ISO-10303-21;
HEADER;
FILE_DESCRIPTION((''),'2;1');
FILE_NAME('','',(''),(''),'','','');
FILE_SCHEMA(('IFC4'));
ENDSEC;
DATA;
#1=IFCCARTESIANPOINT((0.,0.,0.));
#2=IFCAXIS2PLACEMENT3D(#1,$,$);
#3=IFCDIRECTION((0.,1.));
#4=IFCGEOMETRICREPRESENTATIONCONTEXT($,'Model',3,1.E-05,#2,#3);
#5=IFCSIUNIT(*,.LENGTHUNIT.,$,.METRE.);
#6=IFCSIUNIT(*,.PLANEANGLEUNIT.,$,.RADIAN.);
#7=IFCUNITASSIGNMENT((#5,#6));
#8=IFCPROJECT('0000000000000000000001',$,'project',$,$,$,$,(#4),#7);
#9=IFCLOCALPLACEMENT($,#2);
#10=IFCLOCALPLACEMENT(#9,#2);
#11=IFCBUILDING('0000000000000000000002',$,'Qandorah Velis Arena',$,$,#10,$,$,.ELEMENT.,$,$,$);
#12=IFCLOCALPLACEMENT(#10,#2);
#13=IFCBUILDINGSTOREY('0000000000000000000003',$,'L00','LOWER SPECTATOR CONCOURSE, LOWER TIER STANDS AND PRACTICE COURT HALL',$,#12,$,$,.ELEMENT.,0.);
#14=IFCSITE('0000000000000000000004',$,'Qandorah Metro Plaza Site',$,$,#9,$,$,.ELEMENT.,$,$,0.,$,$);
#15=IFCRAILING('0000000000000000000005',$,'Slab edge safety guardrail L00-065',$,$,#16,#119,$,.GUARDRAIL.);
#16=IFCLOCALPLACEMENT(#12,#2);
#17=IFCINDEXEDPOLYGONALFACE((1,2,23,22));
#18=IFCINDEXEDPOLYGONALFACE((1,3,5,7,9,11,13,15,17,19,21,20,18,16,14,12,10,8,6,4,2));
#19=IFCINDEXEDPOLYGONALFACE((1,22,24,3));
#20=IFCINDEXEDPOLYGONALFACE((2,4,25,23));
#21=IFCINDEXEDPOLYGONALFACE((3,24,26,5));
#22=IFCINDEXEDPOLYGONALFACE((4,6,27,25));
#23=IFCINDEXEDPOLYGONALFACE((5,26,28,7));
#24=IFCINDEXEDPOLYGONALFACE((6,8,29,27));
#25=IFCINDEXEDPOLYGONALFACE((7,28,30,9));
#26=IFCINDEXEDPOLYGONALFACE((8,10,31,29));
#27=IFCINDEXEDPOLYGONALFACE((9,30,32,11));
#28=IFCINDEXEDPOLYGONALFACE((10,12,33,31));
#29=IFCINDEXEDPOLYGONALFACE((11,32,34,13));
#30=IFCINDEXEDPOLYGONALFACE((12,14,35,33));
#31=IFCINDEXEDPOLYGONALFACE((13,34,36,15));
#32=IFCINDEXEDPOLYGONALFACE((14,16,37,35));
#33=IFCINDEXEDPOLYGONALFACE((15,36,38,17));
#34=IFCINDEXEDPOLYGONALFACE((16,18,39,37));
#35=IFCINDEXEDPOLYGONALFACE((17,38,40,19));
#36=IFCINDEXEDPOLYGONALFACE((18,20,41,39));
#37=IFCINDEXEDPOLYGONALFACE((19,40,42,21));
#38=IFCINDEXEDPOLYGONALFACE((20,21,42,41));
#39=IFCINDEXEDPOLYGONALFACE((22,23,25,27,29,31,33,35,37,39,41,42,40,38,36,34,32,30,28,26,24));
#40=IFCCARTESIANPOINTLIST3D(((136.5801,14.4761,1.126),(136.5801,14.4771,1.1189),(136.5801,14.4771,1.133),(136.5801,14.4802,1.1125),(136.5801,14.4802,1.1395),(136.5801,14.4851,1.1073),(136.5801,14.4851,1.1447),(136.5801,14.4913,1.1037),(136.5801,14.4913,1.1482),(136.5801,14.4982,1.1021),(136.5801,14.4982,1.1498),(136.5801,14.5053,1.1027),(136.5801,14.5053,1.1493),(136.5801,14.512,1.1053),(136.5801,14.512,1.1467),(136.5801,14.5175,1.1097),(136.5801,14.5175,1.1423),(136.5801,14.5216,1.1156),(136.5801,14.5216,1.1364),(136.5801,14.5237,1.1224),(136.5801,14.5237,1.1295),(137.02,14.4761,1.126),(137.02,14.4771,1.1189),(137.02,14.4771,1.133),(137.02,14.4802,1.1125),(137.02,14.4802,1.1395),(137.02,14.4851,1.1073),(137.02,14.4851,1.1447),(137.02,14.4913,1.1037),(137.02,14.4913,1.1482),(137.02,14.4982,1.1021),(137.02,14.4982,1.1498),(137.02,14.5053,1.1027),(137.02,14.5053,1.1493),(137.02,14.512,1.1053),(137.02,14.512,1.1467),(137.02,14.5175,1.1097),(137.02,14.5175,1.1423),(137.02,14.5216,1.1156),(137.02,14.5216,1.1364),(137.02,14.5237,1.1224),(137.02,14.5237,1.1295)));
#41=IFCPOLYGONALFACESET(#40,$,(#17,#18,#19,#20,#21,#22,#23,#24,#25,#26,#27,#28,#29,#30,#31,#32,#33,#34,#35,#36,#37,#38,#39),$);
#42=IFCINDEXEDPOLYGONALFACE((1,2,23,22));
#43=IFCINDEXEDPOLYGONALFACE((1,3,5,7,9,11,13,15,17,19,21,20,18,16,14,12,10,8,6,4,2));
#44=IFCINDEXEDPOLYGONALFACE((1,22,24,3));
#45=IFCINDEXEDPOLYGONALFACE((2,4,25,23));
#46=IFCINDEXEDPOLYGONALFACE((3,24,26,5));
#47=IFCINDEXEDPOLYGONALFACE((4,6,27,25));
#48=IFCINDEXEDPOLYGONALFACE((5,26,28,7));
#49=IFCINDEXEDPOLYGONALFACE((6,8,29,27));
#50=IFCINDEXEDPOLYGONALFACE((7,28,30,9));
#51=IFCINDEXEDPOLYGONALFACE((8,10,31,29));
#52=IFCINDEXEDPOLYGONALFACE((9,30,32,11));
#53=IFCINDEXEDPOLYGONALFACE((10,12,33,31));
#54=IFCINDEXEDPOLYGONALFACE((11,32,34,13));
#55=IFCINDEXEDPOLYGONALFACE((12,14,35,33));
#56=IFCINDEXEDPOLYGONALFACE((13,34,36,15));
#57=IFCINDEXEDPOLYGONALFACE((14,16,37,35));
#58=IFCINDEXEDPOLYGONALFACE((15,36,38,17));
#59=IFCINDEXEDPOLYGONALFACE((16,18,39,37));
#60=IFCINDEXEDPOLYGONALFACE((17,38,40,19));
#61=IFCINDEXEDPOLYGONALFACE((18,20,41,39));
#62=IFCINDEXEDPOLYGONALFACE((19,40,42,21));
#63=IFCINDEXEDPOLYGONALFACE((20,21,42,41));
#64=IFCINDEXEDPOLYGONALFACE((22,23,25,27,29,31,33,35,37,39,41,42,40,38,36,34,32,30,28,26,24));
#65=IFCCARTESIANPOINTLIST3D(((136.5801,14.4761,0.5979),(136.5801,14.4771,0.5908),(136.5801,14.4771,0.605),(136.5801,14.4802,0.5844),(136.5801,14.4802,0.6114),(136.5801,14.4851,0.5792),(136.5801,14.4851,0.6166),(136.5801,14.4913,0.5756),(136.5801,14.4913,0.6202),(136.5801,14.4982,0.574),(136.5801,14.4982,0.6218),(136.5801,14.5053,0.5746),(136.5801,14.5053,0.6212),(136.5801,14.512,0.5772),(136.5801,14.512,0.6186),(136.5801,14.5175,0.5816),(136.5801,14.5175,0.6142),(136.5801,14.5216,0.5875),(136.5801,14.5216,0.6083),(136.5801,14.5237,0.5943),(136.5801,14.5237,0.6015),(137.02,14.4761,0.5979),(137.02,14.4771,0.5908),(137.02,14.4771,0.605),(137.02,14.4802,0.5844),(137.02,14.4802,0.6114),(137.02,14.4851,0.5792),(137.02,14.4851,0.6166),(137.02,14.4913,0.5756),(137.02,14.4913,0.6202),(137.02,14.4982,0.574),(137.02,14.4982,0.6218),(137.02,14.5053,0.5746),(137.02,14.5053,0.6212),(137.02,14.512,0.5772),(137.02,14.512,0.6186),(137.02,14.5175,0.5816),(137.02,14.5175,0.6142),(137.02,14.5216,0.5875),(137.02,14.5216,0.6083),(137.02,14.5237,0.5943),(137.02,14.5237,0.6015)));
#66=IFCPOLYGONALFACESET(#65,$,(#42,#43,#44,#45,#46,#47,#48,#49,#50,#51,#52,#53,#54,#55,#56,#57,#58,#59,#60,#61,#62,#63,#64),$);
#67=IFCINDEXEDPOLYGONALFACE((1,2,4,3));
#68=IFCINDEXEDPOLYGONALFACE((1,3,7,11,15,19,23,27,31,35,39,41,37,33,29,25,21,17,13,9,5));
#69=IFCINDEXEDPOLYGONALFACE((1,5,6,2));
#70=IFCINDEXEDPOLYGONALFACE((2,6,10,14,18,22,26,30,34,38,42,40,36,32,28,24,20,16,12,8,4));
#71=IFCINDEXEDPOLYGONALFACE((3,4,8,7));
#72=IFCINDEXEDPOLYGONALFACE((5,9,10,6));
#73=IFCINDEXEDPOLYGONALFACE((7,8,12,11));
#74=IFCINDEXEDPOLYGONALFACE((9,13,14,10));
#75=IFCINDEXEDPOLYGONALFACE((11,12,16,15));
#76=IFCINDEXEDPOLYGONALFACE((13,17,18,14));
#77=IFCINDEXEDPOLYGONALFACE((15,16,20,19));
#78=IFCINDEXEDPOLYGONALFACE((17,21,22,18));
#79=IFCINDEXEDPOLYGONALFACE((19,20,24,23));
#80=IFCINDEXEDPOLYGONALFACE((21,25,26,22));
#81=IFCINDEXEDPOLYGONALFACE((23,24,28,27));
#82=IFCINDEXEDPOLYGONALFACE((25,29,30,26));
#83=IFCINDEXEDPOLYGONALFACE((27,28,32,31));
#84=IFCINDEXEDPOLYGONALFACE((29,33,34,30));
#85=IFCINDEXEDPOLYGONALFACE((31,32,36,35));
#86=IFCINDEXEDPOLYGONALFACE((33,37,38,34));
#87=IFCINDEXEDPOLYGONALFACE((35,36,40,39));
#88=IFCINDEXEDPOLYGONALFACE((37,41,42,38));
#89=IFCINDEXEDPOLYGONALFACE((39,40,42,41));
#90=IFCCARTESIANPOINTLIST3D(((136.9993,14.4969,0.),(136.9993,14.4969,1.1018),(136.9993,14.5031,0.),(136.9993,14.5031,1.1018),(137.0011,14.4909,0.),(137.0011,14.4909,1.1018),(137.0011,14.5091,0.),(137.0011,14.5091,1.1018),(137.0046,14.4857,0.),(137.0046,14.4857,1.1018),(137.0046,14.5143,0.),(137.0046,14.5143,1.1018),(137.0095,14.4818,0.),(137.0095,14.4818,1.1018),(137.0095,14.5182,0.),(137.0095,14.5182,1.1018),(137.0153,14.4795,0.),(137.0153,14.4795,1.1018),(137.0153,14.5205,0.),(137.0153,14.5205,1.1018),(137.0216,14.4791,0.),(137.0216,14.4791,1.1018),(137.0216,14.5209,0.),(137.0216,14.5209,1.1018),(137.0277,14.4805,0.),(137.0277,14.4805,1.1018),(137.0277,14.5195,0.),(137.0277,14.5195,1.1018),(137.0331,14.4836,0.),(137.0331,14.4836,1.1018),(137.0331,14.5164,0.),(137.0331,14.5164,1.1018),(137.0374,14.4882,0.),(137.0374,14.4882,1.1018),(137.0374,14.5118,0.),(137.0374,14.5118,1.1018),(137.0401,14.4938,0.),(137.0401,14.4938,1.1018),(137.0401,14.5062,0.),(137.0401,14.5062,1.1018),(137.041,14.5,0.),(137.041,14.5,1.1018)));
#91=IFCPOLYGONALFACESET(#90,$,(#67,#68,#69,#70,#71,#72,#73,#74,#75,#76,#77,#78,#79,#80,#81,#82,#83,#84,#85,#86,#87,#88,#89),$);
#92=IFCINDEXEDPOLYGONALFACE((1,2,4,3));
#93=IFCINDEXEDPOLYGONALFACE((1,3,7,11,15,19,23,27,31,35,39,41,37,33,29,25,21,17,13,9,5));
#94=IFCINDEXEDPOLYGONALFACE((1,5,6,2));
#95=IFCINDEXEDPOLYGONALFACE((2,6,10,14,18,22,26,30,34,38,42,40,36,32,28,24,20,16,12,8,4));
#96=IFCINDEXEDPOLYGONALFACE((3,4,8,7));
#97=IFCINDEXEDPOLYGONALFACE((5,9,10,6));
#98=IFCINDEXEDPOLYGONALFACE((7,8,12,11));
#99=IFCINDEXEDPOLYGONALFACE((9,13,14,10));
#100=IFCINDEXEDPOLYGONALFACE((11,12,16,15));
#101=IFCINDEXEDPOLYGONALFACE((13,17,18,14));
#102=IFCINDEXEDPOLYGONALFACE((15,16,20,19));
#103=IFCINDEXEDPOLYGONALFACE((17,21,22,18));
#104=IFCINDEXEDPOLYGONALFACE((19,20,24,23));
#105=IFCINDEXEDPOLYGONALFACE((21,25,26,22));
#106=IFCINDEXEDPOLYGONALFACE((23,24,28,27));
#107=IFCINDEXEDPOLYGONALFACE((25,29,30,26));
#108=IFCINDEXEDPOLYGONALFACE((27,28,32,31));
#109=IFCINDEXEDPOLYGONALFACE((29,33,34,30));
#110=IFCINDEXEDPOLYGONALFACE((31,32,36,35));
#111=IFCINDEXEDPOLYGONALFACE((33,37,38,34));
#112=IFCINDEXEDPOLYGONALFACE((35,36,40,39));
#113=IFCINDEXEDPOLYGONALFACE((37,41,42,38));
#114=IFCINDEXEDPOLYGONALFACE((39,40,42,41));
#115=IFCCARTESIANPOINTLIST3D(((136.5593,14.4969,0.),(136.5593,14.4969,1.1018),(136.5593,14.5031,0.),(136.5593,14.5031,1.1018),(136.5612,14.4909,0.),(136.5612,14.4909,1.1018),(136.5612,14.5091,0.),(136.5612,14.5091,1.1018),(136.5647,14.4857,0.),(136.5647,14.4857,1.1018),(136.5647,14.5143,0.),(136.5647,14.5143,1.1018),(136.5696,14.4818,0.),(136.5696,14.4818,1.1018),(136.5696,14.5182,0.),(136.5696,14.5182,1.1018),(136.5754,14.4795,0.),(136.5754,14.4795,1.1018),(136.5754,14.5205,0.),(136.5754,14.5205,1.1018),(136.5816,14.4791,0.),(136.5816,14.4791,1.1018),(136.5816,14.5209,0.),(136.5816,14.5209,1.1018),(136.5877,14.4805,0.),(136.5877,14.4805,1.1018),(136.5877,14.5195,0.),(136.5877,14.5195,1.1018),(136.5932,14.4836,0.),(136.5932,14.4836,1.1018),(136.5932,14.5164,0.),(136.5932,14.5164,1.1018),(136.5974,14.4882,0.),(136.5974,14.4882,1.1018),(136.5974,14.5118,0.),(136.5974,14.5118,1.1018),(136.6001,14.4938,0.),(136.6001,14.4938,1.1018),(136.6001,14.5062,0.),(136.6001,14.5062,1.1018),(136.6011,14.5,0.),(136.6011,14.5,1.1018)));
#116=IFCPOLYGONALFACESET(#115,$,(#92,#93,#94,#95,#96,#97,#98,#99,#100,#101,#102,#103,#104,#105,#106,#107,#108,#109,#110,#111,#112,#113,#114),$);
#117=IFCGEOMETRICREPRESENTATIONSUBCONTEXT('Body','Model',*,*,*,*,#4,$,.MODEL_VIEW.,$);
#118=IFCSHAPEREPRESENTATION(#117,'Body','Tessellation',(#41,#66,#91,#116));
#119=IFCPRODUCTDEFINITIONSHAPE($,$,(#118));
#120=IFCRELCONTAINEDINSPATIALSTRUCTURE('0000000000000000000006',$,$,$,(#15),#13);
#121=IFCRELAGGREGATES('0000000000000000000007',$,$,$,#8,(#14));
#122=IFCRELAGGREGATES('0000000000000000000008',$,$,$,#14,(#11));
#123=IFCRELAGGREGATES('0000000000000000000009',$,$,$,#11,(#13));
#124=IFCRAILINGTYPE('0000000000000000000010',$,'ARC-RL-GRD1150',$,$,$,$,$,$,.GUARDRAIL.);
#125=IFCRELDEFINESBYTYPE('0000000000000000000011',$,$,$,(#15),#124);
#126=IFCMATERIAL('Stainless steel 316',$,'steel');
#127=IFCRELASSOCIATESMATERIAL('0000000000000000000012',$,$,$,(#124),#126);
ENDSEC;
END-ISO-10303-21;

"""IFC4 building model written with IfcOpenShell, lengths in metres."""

from ifc_helpers import new_model, si_unit, direction, frame, origin, origin_2d, place, context, subcontext, project, spatial, circle, extrude, material, type_object, element, save


model = new_model("IFC4")

# Units and contexts
model_context = context("Model", 3, precision=1e-05, world=origin(), true_north=direction((0.0, 1.0)))
body_context = subcontext(model_context, "Body", "Model", "MODEL_VIEW")
ifc_project = project(units=[si_unit("LENGTHUNIT", "METRE"), si_unit("PLANEANGLEUNIT", "RADIAN")], contexts=[model_context])

# Site, building, storey
site_placement = place(None, origin())
site = spatial("IfcSite", under=ifc_project, at=site_placement, Name="Qandorah Metro Plaza Site", CompositionType="ELEMENT", RefElevation=0.0)
building_placement = place(site_placement, origin())
building = spatial("IfcBuilding", under=site, at=building_placement, Name="Qandorah Velis Arena", CompositionType="ELEMENT")
storey_placement = place(building_placement, origin())
storey = spatial("IfcBuildingStorey", under=building, at=storey_placement, Name="L00", Description="LOWER SPECTATOR CONCOURSE, LOWER TIER STANDS AND PRACTICE COURT HALL", CompositionType="ELEMENT", Elevation=0.0)

# Railing
ifc_material_1 = material(Name="Stainless steel 316", Category="steel")
railing_type_1 = type_object("IfcRailingType", Name="ARC-RL-GRD1150", PredefinedType="GUARDRAIL", material=ifc_material_1)
railing_1_placement = place(storey_placement, frame((137.02, 14.5, 0.0)))
element("IfcRailing", 1, at=railing_1_placement, inside=storey, type_object=railing_type_1, Name="Slab edge safety guardrail L00-065", PredefinedType="GUARDRAIL", context=body_context, shape_type="SweptSolid", body=[
    extrude(circle(Radius=0.0239, at=origin_2d()), frame((0.0, 0.0, 1.126), z_axis=(-1.0, 0.0, 0.0), x_axis=(0.0, -1.0, 0.0)), (0.0, 0.0, 1.0), 0.4399),
    extrude(circle(Radius=0.0239, at=origin_2d()), frame((0.0, 0.0, 0.5979), z_axis=(-1.0, 0.0, 0.0), x_axis=(0.0, -1.0, 0.0)), (0.0, 0.0, 1.0), 0.4399),
    extrude(circle(Radius=0.021, at=origin_2d()), origin(), (0.0, 0.0, 1.0), 1.1018),
    extrude(circle(Radius=0.021, at=origin_2d()), frame((-0.4399, 0.0, 0.0)), (0.0, 0.0, 1.0), 1.1018),
])

save(model, "model.ifc")
